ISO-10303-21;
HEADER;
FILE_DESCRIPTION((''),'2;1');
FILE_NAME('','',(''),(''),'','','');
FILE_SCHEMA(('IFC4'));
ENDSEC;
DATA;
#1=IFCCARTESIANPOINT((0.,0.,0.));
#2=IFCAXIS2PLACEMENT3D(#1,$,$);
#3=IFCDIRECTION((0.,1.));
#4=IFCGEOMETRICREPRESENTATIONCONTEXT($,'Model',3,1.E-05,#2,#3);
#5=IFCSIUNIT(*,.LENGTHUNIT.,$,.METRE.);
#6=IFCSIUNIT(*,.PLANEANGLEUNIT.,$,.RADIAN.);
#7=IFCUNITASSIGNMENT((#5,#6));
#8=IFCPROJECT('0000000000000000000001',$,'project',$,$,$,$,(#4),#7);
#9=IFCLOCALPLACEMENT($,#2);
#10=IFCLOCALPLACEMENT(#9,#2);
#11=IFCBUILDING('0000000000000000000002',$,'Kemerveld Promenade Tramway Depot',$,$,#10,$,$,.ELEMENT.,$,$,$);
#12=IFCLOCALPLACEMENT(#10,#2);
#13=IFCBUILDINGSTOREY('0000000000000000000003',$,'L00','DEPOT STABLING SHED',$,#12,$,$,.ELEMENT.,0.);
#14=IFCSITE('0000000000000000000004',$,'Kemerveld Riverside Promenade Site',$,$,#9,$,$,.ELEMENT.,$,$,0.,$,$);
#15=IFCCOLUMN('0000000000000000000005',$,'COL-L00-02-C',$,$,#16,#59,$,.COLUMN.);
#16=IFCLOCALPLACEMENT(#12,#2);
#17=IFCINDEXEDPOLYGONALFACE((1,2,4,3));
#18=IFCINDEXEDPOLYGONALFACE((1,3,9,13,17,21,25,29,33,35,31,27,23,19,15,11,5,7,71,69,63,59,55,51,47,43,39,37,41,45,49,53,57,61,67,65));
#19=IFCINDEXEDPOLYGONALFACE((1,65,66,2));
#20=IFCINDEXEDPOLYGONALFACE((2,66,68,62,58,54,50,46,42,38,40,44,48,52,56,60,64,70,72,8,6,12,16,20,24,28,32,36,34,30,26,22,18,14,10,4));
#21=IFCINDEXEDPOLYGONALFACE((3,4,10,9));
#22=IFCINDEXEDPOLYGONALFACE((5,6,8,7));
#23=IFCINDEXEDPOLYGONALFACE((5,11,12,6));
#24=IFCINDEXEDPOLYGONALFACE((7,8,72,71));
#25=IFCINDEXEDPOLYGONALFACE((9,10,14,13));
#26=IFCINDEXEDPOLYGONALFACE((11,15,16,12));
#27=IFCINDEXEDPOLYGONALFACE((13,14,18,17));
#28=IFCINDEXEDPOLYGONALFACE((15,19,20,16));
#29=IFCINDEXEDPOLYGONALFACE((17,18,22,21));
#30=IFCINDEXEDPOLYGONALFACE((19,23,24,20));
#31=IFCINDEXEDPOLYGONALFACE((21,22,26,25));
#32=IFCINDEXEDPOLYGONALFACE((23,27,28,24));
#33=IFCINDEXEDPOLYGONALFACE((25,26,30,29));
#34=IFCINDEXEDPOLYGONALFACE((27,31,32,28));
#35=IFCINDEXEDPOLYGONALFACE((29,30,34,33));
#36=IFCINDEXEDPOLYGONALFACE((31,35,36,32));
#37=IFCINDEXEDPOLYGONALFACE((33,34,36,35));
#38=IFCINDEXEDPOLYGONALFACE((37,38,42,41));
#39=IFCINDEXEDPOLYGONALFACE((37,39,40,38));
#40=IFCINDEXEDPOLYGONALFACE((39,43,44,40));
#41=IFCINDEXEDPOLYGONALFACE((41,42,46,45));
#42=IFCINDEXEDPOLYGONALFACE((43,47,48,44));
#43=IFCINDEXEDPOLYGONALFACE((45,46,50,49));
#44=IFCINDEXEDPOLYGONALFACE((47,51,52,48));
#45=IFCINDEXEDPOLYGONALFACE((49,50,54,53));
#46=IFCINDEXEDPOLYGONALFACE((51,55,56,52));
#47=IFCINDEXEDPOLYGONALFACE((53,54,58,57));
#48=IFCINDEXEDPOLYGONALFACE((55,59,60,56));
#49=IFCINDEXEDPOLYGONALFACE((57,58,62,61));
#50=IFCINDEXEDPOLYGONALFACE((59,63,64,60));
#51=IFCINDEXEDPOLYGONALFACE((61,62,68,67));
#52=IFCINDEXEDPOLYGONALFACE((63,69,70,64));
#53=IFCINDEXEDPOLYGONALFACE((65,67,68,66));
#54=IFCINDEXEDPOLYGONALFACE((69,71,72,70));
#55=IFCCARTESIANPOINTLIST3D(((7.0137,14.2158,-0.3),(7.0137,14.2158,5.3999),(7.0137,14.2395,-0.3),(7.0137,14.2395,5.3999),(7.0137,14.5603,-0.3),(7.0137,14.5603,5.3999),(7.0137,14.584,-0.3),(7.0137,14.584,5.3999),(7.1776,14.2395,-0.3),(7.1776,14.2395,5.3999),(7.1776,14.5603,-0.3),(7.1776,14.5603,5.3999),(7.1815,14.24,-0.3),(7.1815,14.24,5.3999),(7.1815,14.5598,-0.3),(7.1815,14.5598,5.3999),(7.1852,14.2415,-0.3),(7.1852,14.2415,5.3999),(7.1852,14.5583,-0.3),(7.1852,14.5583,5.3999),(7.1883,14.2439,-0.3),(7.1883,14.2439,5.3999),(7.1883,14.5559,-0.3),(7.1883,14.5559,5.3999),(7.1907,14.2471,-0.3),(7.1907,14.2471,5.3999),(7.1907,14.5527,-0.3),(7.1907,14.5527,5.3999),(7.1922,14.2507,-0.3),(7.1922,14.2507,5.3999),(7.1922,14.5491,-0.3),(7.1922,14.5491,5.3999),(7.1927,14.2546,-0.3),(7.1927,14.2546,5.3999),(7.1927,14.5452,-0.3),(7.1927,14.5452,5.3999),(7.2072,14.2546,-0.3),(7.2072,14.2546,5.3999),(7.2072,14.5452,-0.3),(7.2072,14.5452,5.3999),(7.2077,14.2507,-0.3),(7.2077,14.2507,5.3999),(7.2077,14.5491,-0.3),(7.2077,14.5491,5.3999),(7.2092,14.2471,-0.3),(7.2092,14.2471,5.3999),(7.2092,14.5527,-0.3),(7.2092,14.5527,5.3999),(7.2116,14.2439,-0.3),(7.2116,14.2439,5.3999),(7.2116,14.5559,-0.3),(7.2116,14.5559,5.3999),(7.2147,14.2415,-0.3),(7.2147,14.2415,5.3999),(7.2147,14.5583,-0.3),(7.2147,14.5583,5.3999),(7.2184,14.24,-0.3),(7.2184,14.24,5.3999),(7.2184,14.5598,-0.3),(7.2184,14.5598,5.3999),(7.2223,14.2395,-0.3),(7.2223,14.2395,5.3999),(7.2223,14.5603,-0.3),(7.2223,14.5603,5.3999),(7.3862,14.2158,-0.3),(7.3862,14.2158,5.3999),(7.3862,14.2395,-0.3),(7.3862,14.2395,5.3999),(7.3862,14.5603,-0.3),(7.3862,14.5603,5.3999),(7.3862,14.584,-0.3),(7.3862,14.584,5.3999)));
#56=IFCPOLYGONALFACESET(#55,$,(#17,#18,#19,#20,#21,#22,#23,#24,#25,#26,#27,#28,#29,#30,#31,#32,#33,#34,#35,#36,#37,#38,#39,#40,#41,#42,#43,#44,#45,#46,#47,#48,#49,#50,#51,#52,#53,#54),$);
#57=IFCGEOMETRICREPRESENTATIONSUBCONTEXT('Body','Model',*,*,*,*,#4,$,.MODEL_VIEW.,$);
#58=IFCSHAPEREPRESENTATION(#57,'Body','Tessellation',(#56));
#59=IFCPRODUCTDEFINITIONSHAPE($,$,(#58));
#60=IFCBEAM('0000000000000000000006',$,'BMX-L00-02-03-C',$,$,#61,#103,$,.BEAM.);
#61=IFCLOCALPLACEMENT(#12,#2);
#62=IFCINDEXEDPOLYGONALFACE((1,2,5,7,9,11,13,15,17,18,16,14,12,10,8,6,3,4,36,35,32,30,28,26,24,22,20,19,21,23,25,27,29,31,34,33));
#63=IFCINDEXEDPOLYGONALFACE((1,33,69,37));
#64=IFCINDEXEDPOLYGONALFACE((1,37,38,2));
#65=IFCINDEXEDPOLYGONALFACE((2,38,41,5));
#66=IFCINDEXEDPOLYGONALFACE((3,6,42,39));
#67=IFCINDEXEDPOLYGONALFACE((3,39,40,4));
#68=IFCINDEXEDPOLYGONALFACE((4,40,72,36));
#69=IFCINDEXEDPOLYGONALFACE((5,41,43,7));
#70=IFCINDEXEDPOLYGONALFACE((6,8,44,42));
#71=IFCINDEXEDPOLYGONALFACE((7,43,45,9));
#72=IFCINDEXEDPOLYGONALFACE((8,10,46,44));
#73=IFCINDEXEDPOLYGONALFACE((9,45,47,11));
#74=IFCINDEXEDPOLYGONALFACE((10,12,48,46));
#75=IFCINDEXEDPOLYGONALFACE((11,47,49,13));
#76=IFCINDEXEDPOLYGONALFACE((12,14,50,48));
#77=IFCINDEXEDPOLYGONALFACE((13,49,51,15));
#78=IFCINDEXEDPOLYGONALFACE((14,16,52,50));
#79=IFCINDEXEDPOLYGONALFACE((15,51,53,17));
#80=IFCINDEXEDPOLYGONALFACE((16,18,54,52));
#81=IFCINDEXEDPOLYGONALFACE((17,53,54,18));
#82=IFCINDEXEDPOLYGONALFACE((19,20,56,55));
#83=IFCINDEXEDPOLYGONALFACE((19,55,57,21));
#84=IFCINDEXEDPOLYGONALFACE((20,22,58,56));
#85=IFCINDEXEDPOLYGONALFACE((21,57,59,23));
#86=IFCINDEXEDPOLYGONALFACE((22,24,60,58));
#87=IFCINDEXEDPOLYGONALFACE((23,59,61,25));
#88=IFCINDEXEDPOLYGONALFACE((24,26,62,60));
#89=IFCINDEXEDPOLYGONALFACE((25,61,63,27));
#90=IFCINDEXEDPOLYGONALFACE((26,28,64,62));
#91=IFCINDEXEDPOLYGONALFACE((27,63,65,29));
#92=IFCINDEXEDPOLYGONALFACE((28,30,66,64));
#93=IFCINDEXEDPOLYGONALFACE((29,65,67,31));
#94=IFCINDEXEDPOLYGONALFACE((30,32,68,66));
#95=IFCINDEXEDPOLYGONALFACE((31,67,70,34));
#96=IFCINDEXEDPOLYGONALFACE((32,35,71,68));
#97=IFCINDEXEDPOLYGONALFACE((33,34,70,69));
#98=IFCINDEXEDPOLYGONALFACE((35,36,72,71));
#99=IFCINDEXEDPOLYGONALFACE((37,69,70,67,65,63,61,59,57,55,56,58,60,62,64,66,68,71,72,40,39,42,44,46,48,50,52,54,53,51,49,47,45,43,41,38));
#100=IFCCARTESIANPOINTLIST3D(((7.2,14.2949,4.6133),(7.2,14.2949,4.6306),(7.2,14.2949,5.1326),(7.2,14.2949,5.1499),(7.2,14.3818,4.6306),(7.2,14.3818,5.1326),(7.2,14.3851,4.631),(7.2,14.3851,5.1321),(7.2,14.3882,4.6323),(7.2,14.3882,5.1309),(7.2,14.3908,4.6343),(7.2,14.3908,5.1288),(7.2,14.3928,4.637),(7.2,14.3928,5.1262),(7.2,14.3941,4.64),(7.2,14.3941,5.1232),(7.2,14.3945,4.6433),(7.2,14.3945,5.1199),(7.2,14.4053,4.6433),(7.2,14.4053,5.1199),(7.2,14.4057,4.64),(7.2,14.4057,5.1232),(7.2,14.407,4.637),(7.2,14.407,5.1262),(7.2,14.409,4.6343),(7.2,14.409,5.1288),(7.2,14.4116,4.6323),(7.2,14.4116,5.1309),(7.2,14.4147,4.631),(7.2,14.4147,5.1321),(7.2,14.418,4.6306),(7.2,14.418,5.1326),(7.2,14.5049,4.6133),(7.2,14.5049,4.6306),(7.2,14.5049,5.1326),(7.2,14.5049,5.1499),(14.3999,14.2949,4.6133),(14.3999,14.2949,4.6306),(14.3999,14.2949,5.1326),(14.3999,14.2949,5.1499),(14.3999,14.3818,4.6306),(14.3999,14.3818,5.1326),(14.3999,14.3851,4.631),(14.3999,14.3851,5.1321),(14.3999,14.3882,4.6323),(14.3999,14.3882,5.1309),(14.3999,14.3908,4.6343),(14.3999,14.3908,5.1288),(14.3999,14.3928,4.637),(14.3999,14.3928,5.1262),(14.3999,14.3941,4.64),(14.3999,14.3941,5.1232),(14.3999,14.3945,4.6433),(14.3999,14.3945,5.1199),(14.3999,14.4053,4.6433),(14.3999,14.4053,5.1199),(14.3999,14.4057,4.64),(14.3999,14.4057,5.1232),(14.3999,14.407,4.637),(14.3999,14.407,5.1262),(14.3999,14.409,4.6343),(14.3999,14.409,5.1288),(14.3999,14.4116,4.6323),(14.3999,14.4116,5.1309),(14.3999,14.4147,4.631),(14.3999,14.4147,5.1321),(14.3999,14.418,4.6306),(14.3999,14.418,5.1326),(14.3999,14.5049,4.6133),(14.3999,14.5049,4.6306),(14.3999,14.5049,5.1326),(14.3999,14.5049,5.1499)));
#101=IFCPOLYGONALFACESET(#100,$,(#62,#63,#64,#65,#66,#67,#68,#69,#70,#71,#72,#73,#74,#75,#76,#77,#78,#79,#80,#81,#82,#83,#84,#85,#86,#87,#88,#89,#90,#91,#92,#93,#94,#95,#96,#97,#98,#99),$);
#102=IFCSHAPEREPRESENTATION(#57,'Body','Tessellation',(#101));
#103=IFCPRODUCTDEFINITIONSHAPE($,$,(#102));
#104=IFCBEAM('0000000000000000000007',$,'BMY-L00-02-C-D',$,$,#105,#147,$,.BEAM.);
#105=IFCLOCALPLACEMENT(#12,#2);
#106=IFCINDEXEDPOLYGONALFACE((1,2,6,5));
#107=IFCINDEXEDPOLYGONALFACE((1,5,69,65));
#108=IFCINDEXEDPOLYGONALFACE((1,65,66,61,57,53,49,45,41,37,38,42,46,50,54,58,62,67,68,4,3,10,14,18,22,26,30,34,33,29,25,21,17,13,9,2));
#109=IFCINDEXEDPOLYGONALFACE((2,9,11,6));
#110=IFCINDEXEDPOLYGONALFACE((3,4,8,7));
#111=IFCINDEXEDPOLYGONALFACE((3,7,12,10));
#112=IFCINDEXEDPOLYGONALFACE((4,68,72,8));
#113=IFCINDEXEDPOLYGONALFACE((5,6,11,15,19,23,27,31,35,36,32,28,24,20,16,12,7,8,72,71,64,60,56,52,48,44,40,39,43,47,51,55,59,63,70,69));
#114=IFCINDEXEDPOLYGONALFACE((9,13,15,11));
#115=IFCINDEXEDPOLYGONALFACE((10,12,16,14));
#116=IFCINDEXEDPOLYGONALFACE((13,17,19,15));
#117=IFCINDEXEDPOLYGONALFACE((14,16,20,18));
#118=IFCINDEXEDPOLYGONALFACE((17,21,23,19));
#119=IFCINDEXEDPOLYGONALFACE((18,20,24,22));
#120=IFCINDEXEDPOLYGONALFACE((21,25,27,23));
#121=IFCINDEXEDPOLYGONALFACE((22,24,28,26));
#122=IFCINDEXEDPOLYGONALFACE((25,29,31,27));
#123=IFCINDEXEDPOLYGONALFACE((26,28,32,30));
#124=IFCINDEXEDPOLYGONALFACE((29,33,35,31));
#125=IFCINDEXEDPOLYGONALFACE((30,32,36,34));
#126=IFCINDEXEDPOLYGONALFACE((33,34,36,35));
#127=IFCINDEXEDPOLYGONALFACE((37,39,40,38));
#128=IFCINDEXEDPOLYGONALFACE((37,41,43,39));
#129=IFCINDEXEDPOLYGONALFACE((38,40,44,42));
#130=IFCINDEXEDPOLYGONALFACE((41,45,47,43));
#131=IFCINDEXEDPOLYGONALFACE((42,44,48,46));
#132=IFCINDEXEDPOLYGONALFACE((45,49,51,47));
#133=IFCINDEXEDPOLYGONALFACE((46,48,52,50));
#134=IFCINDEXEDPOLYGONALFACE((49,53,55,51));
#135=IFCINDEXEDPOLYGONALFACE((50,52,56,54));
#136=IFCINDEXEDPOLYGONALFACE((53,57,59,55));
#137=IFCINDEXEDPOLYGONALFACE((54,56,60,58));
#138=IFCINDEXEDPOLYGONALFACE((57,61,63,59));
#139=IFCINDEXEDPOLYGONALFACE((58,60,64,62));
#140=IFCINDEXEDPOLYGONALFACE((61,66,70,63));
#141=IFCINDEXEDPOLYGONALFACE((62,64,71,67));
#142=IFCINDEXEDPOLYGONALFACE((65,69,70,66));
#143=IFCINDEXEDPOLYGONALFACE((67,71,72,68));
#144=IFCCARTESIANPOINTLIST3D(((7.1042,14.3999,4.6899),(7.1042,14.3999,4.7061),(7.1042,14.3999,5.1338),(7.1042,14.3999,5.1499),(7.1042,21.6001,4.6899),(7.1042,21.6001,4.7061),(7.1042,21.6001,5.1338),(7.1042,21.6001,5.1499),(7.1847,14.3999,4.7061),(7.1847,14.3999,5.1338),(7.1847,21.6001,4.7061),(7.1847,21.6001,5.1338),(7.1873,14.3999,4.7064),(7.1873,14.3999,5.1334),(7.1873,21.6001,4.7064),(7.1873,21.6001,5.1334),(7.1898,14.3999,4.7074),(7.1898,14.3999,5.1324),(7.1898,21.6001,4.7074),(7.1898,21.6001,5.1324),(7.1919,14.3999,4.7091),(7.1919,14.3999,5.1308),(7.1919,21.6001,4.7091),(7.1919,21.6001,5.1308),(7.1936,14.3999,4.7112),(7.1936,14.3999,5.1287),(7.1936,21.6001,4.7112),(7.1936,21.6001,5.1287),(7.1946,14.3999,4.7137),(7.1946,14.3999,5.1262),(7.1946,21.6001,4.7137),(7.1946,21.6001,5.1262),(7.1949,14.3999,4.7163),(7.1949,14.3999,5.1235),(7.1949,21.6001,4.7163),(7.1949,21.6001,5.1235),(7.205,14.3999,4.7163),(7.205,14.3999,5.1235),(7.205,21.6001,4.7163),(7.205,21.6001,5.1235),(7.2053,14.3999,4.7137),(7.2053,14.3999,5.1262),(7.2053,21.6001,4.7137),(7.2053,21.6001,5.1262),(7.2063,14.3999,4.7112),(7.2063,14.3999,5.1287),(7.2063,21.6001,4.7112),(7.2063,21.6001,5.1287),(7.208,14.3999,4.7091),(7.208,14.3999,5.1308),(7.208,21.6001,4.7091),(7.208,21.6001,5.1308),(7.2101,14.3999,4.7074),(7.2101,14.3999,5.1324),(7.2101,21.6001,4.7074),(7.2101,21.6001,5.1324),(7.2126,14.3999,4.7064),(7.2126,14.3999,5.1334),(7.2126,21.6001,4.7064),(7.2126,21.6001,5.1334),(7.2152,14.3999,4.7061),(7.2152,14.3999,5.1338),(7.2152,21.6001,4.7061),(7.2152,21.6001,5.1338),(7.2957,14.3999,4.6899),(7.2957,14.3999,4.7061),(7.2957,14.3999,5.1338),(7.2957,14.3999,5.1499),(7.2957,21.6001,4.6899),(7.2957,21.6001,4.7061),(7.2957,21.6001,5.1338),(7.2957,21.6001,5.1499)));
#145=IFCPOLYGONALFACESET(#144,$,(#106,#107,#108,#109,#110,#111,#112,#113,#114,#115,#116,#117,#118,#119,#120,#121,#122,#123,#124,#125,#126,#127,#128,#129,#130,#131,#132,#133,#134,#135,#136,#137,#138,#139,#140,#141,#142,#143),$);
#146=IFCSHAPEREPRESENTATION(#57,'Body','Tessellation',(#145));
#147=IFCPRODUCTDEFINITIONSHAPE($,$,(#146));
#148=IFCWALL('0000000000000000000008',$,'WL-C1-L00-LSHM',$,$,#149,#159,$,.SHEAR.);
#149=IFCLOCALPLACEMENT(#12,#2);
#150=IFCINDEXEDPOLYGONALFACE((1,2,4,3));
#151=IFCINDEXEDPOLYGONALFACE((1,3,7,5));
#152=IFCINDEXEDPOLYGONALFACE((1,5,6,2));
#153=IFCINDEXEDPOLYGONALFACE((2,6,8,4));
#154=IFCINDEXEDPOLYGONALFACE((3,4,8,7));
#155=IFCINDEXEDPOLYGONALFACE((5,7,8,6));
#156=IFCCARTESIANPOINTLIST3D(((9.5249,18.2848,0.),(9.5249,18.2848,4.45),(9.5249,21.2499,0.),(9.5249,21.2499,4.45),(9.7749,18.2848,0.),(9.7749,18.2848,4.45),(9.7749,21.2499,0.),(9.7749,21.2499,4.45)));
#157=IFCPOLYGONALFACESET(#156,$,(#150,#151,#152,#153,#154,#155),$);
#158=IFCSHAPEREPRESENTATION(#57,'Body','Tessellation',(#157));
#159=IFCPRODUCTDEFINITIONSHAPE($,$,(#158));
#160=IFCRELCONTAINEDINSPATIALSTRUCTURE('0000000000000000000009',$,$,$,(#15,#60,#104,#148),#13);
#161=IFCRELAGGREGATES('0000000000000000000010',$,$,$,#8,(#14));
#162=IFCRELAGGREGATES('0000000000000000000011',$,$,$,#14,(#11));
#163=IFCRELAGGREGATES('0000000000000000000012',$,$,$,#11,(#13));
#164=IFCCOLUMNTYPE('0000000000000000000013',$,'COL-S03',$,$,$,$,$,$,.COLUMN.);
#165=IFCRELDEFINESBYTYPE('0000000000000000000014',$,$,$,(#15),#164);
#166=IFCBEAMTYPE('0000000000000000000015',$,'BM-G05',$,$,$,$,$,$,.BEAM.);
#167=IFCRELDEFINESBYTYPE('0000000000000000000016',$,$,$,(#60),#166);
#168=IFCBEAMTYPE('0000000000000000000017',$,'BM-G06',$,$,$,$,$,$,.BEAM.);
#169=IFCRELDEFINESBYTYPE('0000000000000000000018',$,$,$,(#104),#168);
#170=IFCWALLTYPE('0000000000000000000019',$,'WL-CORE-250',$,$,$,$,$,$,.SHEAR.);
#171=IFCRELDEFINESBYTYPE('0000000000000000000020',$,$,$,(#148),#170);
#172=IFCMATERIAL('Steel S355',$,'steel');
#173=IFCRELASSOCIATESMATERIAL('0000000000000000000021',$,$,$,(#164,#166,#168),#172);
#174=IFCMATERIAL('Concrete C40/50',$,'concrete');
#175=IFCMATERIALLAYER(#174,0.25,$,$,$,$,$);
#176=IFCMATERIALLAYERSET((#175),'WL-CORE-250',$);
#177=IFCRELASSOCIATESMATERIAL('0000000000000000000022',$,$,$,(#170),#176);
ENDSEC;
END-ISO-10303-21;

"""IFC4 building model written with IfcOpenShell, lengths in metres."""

from ifc_helpers import new_model, si_unit, direction, frame, frame_2d, origin, origin_2d, place, context, subcontext, project, spatial, rectangle, i_section, extrude, material, layer, layer_set, material_profile, profile_set, type_object, element, save


model = new_model("IFC4")

# Units and contexts
model_context = context("Model", 3, precision=1e-05, world=origin(), true_north=direction((0.0, 1.0)))
body_context = subcontext(model_context, "Body", "Model", "MODEL_VIEW")
ifc_project = project(units=[si_unit("LENGTHUNIT", "METRE"), si_unit("PLANEANGLEUNIT", "RADIAN")], contexts=[model_context])

# Site, building, storey
site_placement = place(None, origin())
site = spatial("IfcSite", under=ifc_project, at=site_placement, Name="Kemerveld Riverside Promenade Site", CompositionType="ELEMENT", RefElevation=0.0)
building_placement = place(site_placement, origin())
building = spatial("IfcBuilding", under=site, at=building_placement, Name="Kemerveld Promenade Tramway Depot", CompositionType="ELEMENT")
storey_placement = place(building_placement, origin())
storey = spatial("IfcBuildingStorey", under=building, at=storey_placement, Name="L00", Description="DEPOT STABLING SHED", CompositionType="ELEMENT", Elevation=0.0)

# Column
ifc_material_1 = material(Name="Steel S355", Category="steel")
ifc_material_profile_1 = material_profile(ifc_material_1, i_section(OverallWidth=0.3726, OverallDepth=0.3682, WebThickness=0.0144, FlangeThickness=0.0237, FilletRadius=0.0151, at=origin_2d()), Name="356x368x177 UC")
ifc_profile_set_1 = profile_set([ifc_material_profile_1], Name="Steel S355")
column_type = type_object("IfcColumnType", Name="COL-S03", PredefinedType="COLUMN", material=ifc_profile_set_1)
column_placement = place(storey_placement, frame((7.2, 14.3999, -0.3), z_axis=(0.0, 0.0, 1.0), x_axis=(1.0, 0.0, 0.0)))
element("IfcColumn", 1, at=column_placement, inside=storey, type_object=column_type, Name="COL-L00-02-C", PredefinedType="COLUMN", context=body_context, shape_type="SweptSolid", body=[
    extrude(i_section(OverallWidth=0.3726, OverallDepth=0.3682, WebThickness=0.0144, FlangeThickness=0.0237, FilletRadius=0.0151, at=origin_2d()), origin(), (0.0, 0.0, 1.0), 5.7),
])

# Beams
ifc_material_profile_2 = material_profile(ifc_material_1, i_section(OverallWidth=0.21, OverallDepth=0.5366, WebThickness=0.0107, FlangeThickness=0.0173, FilletRadius=0.0127, at=origin_2d()), Name="533x210x101 UB")
ifc_profile_set_2 = profile_set([ifc_material_profile_2], Name="Steel S355")
beam_type_1 = type_object("IfcBeamType", Name="BM-G05", PredefinedType="BEAM", material=ifc_profile_set_2)
beam_1_placement = place(storey_placement, frame((7.2, 14.3999, 4.8816), z_axis=(1.0, 0.0, 0.0), x_axis=(0.0, 1.0, 0.0)))
element("IfcBeam", 2, at=beam_1_placement, inside=storey, type_object=beam_type_1, Name="BMX-L00-02-03-C", PredefinedType="BEAM", context=body_context, shape_type="SweptSolid", body=[
    extrude(i_section(OverallWidth=0.21, OverallDepth=0.5366, WebThickness=0.0107, FlangeThickness=0.0173, FilletRadius=0.0127, at=origin_2d()), origin(), (0.0, 0.0, 1.0), 7.2),
])
ifc_material_profile_3 = material_profile(ifc_material_1, i_section(OverallWidth=0.1914, OverallDepth=0.46, WebThickness=0.01, FlangeThickness=0.0161, FilletRadius=0.0103, at=origin_2d()), Name="457x191x82 UB")
ifc_profile_set_3 = profile_set([ifc_material_profile_3], Name="Steel S355")
beam_type_2 = type_object("IfcBeamType", Name="BM-G06", PredefinedType="BEAM", material=ifc_profile_set_3)
beam_2_placement = place(storey_placement, frame((7.2, 14.3999, 4.9199), z_axis=(0.0, 1.0, 0.0), x_axis=(-1.0, 0.0, 0.0)))
element("IfcBeam", 3, at=beam_2_placement, inside=storey, type_object=beam_type_2, Name="BMY-L00-02-C-D", PredefinedType="BEAM", context=body_context, shape_type="SweptSolid", body=[
    extrude(i_section(OverallWidth=0.1914, OverallDepth=0.46, WebThickness=0.01, FlangeThickness=0.0161, FilletRadius=0.0103, at=origin_2d()), origin(), (0.0, 0.0, 1.0), 7.2002),
])

# Shared definitions
ifc_material_2 = material(Name="Concrete C40/50", Category="concrete")
ifc_layer_1 = layer(ifc_material_2, 0.25)
ifc_layer_set_1 = layer_set([ifc_layer_1], Name="WL-CORE-250")
wall_type_1 = type_object("IfcWallType", Name="WL-CORE-250", PredefinedType="SHEAR", material=ifc_layer_set_1)

# Wall
wall_1_placement = place(storey_placement, frame((9.6499, 18.2849, 0.0), z_axis=(0.0, 0.0, 1.0), x_axis=(0.0, 1.0, 0.0)))
element("IfcWall", 4, at=wall_1_placement, inside=storey, type_object=wall_type_1, Name="WL-C1-L00-LSHM", PredefinedType="SHEAR", context=body_context, shape_type="SweptSolid", body=[
    extrude(rectangle(XDim=2.9651, YDim=0.25, at=frame_2d((1.4824, 0.0))), origin(), (0.0, 0.0, 1.0), 4.45),
])

save(model, "model.ifc")
